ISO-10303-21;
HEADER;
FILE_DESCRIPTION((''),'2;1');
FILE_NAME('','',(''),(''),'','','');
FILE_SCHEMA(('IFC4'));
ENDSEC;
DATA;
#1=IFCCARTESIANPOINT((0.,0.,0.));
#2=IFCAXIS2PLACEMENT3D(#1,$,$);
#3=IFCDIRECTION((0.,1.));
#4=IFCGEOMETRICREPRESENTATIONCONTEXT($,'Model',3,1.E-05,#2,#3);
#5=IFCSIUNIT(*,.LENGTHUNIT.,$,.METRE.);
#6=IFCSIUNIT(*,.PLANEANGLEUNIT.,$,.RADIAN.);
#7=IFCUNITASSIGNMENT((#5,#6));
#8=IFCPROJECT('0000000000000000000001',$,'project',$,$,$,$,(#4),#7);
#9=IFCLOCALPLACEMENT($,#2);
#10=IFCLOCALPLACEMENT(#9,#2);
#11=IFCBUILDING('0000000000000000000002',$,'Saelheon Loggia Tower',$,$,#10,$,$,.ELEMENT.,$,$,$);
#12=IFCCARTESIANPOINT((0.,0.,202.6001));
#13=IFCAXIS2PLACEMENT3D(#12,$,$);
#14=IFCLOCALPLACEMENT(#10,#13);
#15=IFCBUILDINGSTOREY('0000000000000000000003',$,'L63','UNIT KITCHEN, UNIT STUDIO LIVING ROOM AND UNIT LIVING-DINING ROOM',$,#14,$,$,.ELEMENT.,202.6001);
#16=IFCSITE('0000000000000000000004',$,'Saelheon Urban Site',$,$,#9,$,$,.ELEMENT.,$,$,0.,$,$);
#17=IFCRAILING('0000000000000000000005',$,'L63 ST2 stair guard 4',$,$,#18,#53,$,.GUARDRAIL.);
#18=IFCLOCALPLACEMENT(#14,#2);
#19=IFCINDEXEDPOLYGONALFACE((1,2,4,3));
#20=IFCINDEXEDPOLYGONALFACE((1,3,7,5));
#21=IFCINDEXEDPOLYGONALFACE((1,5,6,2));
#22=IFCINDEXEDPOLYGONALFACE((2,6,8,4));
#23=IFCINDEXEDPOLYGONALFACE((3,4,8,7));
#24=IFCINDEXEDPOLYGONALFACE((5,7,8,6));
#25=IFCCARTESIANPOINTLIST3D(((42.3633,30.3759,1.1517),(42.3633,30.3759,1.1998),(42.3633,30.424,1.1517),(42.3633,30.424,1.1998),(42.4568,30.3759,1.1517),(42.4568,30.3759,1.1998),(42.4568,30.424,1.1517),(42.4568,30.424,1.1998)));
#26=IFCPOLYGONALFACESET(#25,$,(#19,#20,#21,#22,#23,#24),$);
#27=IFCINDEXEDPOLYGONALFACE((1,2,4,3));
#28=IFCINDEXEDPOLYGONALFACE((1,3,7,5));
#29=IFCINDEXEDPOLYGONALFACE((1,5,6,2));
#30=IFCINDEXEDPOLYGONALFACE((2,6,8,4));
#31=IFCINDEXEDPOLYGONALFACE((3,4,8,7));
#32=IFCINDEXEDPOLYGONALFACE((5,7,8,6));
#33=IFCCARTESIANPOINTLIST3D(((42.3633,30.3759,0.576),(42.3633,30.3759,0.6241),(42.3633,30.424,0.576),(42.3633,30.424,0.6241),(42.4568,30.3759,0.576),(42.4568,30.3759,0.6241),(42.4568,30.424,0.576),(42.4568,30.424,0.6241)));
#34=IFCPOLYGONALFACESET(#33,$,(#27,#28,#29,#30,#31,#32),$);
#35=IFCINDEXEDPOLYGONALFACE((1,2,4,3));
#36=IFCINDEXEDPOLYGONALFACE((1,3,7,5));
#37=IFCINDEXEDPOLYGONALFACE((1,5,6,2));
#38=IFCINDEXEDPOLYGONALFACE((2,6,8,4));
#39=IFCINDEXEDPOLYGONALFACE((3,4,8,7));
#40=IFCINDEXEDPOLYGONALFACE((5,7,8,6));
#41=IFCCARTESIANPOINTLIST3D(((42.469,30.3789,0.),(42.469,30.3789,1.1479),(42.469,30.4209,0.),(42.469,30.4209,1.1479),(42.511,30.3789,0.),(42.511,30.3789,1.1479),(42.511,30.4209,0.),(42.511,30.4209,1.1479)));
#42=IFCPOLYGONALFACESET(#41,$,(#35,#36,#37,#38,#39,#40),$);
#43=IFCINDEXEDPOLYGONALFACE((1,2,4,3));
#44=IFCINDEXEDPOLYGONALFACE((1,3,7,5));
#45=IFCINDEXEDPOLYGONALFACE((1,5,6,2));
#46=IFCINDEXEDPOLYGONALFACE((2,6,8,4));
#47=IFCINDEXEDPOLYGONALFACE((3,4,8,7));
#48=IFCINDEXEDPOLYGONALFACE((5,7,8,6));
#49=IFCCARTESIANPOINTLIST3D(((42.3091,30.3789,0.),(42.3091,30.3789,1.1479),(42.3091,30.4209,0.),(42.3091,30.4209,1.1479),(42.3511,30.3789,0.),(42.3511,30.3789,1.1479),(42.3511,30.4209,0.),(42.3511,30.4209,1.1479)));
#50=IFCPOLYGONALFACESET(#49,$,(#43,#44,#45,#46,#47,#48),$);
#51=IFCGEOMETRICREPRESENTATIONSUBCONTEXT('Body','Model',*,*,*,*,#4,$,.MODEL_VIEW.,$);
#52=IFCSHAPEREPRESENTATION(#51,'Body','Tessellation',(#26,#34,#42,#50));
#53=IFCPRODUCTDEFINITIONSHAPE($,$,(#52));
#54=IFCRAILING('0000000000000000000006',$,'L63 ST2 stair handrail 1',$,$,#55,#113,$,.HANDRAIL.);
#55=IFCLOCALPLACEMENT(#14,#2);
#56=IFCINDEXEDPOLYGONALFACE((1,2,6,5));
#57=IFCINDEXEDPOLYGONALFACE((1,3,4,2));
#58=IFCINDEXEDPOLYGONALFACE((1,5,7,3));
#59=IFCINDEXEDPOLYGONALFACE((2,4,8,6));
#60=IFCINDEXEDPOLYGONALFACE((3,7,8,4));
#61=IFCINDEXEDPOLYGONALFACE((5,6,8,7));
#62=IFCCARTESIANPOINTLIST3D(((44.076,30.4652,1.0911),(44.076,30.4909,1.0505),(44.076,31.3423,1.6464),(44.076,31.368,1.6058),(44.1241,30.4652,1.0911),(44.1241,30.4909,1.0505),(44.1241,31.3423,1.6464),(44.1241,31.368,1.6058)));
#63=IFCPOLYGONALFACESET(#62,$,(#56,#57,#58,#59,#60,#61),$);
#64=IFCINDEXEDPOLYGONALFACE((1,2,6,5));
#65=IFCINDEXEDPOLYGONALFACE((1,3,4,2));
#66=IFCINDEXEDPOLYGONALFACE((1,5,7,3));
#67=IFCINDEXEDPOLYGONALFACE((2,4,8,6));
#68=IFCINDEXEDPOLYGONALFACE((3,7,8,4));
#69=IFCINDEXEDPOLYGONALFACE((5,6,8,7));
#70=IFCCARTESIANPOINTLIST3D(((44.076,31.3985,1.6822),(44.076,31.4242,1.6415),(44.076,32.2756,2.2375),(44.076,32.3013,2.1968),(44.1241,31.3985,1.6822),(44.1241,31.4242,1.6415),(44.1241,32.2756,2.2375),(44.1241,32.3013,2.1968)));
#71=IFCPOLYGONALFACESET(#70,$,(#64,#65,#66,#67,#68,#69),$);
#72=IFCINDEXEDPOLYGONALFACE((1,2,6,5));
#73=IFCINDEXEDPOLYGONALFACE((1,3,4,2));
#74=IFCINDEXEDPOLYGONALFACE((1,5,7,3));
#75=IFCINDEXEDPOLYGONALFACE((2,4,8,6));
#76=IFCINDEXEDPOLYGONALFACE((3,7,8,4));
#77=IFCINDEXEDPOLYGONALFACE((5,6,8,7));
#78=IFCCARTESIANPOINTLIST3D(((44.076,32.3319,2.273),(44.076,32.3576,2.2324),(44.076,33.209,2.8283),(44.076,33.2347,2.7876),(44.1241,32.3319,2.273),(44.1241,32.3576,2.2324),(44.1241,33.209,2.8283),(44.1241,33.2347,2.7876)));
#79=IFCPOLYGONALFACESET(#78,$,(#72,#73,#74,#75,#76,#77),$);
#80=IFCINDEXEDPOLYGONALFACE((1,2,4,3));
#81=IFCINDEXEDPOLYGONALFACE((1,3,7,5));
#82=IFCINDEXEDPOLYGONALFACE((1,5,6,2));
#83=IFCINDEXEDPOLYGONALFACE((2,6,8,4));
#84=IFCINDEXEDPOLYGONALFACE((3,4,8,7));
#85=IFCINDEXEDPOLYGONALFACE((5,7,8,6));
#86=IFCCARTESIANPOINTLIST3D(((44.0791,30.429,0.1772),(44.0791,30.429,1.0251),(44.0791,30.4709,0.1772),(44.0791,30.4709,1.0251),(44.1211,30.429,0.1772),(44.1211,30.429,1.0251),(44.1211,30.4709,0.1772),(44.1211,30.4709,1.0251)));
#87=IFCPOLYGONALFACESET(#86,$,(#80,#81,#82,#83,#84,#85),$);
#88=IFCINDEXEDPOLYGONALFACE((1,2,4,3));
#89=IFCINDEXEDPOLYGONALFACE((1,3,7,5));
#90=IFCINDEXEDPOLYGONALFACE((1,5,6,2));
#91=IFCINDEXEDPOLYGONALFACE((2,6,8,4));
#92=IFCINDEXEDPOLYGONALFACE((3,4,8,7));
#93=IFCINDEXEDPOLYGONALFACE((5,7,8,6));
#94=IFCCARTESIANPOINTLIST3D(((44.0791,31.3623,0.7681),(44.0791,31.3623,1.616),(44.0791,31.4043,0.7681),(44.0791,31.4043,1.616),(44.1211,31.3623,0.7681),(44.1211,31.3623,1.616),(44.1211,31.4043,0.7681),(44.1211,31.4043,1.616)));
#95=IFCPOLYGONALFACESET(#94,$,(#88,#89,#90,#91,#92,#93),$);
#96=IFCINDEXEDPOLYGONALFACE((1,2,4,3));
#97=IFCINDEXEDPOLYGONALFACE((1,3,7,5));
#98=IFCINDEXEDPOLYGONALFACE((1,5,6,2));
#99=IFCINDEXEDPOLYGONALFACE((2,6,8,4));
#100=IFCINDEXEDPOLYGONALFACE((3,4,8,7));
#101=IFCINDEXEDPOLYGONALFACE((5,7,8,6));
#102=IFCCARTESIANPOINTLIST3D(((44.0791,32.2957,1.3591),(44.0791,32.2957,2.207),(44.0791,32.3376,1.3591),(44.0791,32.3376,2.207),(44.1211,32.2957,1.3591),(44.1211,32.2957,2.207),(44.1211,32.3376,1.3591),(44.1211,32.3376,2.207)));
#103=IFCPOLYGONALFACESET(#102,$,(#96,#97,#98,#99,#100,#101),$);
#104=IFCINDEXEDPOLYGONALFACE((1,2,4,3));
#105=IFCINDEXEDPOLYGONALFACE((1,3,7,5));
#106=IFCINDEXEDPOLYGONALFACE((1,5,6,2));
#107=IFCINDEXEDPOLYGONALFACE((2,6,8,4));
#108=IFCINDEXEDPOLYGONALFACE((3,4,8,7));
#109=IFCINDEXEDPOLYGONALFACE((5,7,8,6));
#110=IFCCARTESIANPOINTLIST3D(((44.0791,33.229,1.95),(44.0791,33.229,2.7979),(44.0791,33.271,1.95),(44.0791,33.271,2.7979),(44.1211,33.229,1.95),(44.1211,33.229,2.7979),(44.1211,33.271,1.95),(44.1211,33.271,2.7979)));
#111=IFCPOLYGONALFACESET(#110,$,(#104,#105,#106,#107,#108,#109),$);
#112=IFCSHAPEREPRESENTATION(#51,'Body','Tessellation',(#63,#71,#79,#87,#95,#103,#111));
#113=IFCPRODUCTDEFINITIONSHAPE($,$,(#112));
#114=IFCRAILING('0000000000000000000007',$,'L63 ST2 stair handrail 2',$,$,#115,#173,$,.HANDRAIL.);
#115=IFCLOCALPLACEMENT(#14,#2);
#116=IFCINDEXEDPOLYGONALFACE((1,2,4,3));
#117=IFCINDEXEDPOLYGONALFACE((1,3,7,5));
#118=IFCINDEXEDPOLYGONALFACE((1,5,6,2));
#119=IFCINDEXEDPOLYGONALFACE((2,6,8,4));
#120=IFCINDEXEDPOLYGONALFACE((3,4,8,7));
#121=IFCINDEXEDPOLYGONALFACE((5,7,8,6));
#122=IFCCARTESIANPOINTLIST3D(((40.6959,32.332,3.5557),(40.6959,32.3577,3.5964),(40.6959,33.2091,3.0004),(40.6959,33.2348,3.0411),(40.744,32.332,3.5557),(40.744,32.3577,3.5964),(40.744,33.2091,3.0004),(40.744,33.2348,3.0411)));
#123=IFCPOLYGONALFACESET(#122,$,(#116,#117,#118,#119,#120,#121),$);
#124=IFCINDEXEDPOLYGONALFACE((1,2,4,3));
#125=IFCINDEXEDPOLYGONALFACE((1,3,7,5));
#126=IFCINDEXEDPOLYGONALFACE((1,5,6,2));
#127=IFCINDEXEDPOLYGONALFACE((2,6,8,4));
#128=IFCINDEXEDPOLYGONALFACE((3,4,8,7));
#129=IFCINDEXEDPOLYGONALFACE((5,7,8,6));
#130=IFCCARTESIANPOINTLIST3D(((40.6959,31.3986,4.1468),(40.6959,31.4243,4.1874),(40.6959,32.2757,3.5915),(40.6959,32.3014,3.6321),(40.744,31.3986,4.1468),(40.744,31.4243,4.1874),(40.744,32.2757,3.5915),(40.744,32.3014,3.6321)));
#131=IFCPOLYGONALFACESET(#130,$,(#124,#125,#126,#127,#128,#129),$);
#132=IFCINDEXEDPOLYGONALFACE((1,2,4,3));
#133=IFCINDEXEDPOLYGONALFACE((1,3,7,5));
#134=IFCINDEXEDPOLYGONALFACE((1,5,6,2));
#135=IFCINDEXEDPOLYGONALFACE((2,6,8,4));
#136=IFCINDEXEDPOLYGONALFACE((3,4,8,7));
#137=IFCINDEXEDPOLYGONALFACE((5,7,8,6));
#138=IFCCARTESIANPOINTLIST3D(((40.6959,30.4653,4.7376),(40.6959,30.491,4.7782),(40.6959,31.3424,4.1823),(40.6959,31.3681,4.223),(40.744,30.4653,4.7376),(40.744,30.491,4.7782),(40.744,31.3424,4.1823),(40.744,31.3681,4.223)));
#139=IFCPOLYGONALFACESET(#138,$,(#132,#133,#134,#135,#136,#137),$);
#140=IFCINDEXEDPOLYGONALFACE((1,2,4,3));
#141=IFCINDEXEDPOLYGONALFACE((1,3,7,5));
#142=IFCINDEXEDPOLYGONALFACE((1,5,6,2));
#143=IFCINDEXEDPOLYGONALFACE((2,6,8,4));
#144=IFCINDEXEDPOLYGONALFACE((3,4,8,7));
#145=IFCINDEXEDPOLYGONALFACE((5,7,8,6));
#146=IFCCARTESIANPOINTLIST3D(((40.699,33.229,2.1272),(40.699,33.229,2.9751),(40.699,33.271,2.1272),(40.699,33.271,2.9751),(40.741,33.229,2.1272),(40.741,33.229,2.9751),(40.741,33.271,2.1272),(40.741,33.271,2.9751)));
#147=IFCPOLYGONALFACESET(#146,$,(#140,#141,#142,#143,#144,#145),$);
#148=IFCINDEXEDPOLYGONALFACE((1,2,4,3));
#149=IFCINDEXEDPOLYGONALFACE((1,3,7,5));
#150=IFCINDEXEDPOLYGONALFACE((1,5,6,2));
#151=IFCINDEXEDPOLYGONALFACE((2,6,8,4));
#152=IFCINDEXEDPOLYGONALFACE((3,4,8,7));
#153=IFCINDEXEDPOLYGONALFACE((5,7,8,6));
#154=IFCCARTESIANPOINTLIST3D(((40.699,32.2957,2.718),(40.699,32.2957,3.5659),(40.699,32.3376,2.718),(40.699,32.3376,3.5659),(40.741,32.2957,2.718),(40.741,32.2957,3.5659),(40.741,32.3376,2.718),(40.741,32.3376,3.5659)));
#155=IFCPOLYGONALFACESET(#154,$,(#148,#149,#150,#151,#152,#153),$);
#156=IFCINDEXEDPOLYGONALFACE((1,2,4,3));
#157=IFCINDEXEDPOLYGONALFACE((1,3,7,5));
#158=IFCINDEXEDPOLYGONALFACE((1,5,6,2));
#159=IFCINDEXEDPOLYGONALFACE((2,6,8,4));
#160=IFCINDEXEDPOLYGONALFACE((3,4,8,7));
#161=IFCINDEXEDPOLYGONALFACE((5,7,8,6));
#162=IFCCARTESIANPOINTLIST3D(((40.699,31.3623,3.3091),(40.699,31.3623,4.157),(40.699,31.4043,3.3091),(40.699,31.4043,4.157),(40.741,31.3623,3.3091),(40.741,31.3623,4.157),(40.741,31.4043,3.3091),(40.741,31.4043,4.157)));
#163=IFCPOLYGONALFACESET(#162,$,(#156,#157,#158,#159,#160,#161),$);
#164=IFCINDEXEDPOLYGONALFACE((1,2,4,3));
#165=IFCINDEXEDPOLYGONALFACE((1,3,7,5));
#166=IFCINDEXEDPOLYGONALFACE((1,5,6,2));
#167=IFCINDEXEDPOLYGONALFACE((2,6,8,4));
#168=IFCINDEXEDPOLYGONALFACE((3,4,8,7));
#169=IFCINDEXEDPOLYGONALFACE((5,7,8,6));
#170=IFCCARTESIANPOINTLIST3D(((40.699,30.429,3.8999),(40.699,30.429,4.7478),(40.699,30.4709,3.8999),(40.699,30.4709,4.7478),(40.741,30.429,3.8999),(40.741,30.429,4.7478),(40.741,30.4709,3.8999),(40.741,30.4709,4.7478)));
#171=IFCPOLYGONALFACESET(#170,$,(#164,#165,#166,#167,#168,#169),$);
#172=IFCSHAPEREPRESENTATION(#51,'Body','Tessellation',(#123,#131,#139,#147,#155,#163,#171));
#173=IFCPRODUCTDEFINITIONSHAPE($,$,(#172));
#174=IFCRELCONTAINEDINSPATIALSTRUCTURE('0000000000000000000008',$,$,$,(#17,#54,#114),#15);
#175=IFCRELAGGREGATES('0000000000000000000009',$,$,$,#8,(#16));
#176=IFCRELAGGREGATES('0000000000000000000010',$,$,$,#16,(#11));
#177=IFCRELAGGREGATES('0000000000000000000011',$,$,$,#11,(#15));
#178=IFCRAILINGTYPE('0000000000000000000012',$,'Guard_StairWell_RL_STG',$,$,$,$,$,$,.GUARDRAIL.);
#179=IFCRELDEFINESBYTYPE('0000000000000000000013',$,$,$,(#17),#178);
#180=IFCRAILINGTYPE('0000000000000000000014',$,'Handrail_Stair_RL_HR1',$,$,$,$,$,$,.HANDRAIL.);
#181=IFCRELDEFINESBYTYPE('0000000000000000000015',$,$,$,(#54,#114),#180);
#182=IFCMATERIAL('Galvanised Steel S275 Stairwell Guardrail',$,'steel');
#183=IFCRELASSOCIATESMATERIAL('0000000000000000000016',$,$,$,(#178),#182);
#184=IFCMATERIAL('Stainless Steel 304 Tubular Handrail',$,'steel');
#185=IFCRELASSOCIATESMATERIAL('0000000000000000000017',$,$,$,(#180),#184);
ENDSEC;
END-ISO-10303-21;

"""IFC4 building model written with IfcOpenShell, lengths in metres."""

from ifc_helpers import new_model, si_unit, direction, frame, origin, origin_2d, place, context, subcontext, project, spatial, rectangle, extrude, material, type_object, element, save


model = new_model("IFC4")

# Units and contexts
model_context = context("Model", 3, precision=1e-05, world=origin(), true_north=direction((0.0, 1.0)))
body_context = subcontext(model_context, "Body", "Model", "MODEL_VIEW")
ifc_project = project(units=[si_unit("LENGTHUNIT", "METRE"), si_unit("PLANEANGLEUNIT", "RADIAN")], contexts=[model_context])

# Site, building, storey
site_placement = place(None, origin())
site = spatial("IfcSite", under=ifc_project, at=site_placement, Name="Saelheon Urban Site", CompositionType="ELEMENT", RefElevation=0.0)
building_placement = place(site_placement, origin())
building = spatial("IfcBuilding", under=site, at=building_placement, Name="Saelheon Loggia Tower", CompositionType="ELEMENT")
storey_placement = place(building_placement, frame((0.0, 0.0, 202.6001)))
storey = spatial("IfcBuildingStorey", under=building, at=storey_placement, Name="L63", Description="UNIT KITCHEN, UNIT STUDIO LIVING ROOM AND UNIT LIVING-DINING ROOM", CompositionType="ELEMENT", Elevation=202.6001)

# Railings
ifc_material_1 = material(Name="Galvanised Steel S275 Stairwell Guardrail", Category="steel")
railing_type_1 = type_object("IfcRailingType", Name="Guard_StairWell_RL_STG", PredefinedType="GUARDRAIL", material=ifc_material_1)
railing_1_placement = place(storey_placement, frame((42.49, 30.3999, 0.0)))
element("IfcRailing", 1, at=railing_1_placement, inside=storey, type_object=railing_type_1, Name="L63 ST2 stair guard 4", PredefinedType="GUARDRAIL", context=body_context, shape_type="SweptSolid", body=[
    extrude(rectangle(XDim=0.0481, YDim=0.0481, at=origin_2d()), frame((-0.0332, 0.0, 1.1758), z_axis=(-1.0, 0.0, 0.0), x_axis=(0.0, -1.0, 0.0)), (0.0, 0.0, 1.0), 0.0935),
    extrude(rectangle(XDim=0.0481, YDim=0.0481, at=origin_2d()), frame((-0.0332, 0.0, 0.6001), z_axis=(-1.0, 0.0, 0.0), x_axis=(0.0, -1.0, 0.0)), (0.0, 0.0, 1.0), 0.0935),
    extrude(rectangle(XDim=0.042, YDim=0.042, at=origin_2d()), origin(), (0.0, 0.0, 1.0), 1.1479),
    extrude(rectangle(XDim=0.042, YDim=0.042, at=origin_2d()), frame((-0.1599, 0.0, 0.0)), (0.0, 0.0, 1.0), 1.1479),
])
ifc_material_2 = material(Name="Stainless Steel 304 Tubular Handrail", Category="steel")
railing_type_2 = type_object("IfcRailingType", Name="Handrail_Stair_RL_HR1", PredefinedType="HANDRAIL", material=ifc_material_2)
railing_2_placement = place(storey_placement, frame((44.1001, 30.45, 0.1772)))
element("IfcRailing", 2, at=railing_2_placement, inside=storey, type_object=railing_type_2, Name="L63 ST2 stair handrail 1", PredefinedType="HANDRAIL", context=body_context, shape_type="SweptSolid", body=[
    extrude(rectangle(XDim=0.0481, YDim=0.0481, at=origin_2d()), frame((0.0, 0.0281, 0.8936), z_axis=(0.0, 0.844909, 0.53491), x_axis=(-1.0, 0.0, 0.0)), (0.0, 0.0, 1.0), 1.0381),
    extrude(rectangle(XDim=0.0481, YDim=0.0481, at=origin_2d()), frame((0.0, 0.9614, 1.4846), z_axis=(0.0, 0.844909, 0.53491), x_axis=(-1.0, 0.0, 0.0)), (0.0, 0.0, 1.0), 1.0381),
    extrude(rectangle(XDim=0.0481, YDim=0.0481, at=origin_2d()), frame((0.0, 1.8948, 2.0754), z_axis=(0.0, 0.844909, 0.53491), x_axis=(-1.0, 0.0, 0.0)), (0.0, 0.0, 1.0), 1.0381),
    extrude(rectangle(XDim=0.042, YDim=0.042, at=origin_2d()), origin(), (0.0, 0.0, 1.0), 0.8479),
    extrude(rectangle(XDim=0.042, YDim=0.042, at=origin_2d()), frame((0.0, 0.9333, 0.5908)), (0.0, 0.0, 1.0), 0.8479),
    extrude(rectangle(XDim=0.042, YDim=0.042, at=origin_2d()), frame((0.0, 1.8667, 1.1819)), (0.0, 0.0, 1.0), 0.8479),
    extrude(rectangle(XDim=0.042, YDim=0.042, at=origin_2d()), frame((0.0, 2.8, 1.7727)), (0.0, 0.0, 1.0), 0.8479),
])
railing_3_placement = place(storey_placement, frame((40.72, 33.25, 2.1272)))
element("IfcRailing", 3, at=railing_3_placement, inside=storey, type_object=railing_type_2, Name="L63 ST2 stair handrail 2", PredefinedType="HANDRAIL", context=body_context, shape_type="SweptSolid", body=[
    extrude(rectangle(XDim=0.0481, YDim=0.0481, at=origin_2d()), frame((0.0, -0.0281, 0.8936), z_axis=(0.0, -0.844909, 0.53491), x_axis=(1.0, 0.0, 0.0)), (0.0, 0.0, 1.0), 1.0381),
    extrude(rectangle(XDim=0.0481, YDim=0.0481, at=origin_2d()), frame((0.0, -0.9614, 1.4846), z_axis=(0.0, -0.844909, 0.53491), x_axis=(1.0, 0.0, 0.0)), (0.0, 0.0, 1.0), 1.0381),
    extrude(rectangle(XDim=0.0481, YDim=0.0481, at=origin_2d()), frame((0.0, -1.8948, 2.0754), z_axis=(0.0, -0.844909, 0.53491), x_axis=(1.0, 0.0, 0.0)), (0.0, 0.0, 1.0), 1.0381),
    extrude(rectangle(XDim=0.042, YDim=0.042, at=origin_2d()), origin(), (0.0, 0.0, 1.0), 0.8479),
    extrude(rectangle(XDim=0.042, YDim=0.042, at=origin_2d()), frame((0.0, -0.9333, 0.5908)), (0.0, 0.0, 1.0), 0.8479),
    extrude(rectangle(XDim=0.042, YDim=0.042, at=origin_2d()), frame((0.0, -1.8667, 1.1819)), (0.0, 0.0, 1.0), 0.8479),
    extrude(rectangle(XDim=0.042, YDim=0.042, at=origin_2d()), frame((0.0, -2.8, 1.7727)), (0.0, 0.0, 1.0), 0.8479),
])

save(model, "model.ifc")
